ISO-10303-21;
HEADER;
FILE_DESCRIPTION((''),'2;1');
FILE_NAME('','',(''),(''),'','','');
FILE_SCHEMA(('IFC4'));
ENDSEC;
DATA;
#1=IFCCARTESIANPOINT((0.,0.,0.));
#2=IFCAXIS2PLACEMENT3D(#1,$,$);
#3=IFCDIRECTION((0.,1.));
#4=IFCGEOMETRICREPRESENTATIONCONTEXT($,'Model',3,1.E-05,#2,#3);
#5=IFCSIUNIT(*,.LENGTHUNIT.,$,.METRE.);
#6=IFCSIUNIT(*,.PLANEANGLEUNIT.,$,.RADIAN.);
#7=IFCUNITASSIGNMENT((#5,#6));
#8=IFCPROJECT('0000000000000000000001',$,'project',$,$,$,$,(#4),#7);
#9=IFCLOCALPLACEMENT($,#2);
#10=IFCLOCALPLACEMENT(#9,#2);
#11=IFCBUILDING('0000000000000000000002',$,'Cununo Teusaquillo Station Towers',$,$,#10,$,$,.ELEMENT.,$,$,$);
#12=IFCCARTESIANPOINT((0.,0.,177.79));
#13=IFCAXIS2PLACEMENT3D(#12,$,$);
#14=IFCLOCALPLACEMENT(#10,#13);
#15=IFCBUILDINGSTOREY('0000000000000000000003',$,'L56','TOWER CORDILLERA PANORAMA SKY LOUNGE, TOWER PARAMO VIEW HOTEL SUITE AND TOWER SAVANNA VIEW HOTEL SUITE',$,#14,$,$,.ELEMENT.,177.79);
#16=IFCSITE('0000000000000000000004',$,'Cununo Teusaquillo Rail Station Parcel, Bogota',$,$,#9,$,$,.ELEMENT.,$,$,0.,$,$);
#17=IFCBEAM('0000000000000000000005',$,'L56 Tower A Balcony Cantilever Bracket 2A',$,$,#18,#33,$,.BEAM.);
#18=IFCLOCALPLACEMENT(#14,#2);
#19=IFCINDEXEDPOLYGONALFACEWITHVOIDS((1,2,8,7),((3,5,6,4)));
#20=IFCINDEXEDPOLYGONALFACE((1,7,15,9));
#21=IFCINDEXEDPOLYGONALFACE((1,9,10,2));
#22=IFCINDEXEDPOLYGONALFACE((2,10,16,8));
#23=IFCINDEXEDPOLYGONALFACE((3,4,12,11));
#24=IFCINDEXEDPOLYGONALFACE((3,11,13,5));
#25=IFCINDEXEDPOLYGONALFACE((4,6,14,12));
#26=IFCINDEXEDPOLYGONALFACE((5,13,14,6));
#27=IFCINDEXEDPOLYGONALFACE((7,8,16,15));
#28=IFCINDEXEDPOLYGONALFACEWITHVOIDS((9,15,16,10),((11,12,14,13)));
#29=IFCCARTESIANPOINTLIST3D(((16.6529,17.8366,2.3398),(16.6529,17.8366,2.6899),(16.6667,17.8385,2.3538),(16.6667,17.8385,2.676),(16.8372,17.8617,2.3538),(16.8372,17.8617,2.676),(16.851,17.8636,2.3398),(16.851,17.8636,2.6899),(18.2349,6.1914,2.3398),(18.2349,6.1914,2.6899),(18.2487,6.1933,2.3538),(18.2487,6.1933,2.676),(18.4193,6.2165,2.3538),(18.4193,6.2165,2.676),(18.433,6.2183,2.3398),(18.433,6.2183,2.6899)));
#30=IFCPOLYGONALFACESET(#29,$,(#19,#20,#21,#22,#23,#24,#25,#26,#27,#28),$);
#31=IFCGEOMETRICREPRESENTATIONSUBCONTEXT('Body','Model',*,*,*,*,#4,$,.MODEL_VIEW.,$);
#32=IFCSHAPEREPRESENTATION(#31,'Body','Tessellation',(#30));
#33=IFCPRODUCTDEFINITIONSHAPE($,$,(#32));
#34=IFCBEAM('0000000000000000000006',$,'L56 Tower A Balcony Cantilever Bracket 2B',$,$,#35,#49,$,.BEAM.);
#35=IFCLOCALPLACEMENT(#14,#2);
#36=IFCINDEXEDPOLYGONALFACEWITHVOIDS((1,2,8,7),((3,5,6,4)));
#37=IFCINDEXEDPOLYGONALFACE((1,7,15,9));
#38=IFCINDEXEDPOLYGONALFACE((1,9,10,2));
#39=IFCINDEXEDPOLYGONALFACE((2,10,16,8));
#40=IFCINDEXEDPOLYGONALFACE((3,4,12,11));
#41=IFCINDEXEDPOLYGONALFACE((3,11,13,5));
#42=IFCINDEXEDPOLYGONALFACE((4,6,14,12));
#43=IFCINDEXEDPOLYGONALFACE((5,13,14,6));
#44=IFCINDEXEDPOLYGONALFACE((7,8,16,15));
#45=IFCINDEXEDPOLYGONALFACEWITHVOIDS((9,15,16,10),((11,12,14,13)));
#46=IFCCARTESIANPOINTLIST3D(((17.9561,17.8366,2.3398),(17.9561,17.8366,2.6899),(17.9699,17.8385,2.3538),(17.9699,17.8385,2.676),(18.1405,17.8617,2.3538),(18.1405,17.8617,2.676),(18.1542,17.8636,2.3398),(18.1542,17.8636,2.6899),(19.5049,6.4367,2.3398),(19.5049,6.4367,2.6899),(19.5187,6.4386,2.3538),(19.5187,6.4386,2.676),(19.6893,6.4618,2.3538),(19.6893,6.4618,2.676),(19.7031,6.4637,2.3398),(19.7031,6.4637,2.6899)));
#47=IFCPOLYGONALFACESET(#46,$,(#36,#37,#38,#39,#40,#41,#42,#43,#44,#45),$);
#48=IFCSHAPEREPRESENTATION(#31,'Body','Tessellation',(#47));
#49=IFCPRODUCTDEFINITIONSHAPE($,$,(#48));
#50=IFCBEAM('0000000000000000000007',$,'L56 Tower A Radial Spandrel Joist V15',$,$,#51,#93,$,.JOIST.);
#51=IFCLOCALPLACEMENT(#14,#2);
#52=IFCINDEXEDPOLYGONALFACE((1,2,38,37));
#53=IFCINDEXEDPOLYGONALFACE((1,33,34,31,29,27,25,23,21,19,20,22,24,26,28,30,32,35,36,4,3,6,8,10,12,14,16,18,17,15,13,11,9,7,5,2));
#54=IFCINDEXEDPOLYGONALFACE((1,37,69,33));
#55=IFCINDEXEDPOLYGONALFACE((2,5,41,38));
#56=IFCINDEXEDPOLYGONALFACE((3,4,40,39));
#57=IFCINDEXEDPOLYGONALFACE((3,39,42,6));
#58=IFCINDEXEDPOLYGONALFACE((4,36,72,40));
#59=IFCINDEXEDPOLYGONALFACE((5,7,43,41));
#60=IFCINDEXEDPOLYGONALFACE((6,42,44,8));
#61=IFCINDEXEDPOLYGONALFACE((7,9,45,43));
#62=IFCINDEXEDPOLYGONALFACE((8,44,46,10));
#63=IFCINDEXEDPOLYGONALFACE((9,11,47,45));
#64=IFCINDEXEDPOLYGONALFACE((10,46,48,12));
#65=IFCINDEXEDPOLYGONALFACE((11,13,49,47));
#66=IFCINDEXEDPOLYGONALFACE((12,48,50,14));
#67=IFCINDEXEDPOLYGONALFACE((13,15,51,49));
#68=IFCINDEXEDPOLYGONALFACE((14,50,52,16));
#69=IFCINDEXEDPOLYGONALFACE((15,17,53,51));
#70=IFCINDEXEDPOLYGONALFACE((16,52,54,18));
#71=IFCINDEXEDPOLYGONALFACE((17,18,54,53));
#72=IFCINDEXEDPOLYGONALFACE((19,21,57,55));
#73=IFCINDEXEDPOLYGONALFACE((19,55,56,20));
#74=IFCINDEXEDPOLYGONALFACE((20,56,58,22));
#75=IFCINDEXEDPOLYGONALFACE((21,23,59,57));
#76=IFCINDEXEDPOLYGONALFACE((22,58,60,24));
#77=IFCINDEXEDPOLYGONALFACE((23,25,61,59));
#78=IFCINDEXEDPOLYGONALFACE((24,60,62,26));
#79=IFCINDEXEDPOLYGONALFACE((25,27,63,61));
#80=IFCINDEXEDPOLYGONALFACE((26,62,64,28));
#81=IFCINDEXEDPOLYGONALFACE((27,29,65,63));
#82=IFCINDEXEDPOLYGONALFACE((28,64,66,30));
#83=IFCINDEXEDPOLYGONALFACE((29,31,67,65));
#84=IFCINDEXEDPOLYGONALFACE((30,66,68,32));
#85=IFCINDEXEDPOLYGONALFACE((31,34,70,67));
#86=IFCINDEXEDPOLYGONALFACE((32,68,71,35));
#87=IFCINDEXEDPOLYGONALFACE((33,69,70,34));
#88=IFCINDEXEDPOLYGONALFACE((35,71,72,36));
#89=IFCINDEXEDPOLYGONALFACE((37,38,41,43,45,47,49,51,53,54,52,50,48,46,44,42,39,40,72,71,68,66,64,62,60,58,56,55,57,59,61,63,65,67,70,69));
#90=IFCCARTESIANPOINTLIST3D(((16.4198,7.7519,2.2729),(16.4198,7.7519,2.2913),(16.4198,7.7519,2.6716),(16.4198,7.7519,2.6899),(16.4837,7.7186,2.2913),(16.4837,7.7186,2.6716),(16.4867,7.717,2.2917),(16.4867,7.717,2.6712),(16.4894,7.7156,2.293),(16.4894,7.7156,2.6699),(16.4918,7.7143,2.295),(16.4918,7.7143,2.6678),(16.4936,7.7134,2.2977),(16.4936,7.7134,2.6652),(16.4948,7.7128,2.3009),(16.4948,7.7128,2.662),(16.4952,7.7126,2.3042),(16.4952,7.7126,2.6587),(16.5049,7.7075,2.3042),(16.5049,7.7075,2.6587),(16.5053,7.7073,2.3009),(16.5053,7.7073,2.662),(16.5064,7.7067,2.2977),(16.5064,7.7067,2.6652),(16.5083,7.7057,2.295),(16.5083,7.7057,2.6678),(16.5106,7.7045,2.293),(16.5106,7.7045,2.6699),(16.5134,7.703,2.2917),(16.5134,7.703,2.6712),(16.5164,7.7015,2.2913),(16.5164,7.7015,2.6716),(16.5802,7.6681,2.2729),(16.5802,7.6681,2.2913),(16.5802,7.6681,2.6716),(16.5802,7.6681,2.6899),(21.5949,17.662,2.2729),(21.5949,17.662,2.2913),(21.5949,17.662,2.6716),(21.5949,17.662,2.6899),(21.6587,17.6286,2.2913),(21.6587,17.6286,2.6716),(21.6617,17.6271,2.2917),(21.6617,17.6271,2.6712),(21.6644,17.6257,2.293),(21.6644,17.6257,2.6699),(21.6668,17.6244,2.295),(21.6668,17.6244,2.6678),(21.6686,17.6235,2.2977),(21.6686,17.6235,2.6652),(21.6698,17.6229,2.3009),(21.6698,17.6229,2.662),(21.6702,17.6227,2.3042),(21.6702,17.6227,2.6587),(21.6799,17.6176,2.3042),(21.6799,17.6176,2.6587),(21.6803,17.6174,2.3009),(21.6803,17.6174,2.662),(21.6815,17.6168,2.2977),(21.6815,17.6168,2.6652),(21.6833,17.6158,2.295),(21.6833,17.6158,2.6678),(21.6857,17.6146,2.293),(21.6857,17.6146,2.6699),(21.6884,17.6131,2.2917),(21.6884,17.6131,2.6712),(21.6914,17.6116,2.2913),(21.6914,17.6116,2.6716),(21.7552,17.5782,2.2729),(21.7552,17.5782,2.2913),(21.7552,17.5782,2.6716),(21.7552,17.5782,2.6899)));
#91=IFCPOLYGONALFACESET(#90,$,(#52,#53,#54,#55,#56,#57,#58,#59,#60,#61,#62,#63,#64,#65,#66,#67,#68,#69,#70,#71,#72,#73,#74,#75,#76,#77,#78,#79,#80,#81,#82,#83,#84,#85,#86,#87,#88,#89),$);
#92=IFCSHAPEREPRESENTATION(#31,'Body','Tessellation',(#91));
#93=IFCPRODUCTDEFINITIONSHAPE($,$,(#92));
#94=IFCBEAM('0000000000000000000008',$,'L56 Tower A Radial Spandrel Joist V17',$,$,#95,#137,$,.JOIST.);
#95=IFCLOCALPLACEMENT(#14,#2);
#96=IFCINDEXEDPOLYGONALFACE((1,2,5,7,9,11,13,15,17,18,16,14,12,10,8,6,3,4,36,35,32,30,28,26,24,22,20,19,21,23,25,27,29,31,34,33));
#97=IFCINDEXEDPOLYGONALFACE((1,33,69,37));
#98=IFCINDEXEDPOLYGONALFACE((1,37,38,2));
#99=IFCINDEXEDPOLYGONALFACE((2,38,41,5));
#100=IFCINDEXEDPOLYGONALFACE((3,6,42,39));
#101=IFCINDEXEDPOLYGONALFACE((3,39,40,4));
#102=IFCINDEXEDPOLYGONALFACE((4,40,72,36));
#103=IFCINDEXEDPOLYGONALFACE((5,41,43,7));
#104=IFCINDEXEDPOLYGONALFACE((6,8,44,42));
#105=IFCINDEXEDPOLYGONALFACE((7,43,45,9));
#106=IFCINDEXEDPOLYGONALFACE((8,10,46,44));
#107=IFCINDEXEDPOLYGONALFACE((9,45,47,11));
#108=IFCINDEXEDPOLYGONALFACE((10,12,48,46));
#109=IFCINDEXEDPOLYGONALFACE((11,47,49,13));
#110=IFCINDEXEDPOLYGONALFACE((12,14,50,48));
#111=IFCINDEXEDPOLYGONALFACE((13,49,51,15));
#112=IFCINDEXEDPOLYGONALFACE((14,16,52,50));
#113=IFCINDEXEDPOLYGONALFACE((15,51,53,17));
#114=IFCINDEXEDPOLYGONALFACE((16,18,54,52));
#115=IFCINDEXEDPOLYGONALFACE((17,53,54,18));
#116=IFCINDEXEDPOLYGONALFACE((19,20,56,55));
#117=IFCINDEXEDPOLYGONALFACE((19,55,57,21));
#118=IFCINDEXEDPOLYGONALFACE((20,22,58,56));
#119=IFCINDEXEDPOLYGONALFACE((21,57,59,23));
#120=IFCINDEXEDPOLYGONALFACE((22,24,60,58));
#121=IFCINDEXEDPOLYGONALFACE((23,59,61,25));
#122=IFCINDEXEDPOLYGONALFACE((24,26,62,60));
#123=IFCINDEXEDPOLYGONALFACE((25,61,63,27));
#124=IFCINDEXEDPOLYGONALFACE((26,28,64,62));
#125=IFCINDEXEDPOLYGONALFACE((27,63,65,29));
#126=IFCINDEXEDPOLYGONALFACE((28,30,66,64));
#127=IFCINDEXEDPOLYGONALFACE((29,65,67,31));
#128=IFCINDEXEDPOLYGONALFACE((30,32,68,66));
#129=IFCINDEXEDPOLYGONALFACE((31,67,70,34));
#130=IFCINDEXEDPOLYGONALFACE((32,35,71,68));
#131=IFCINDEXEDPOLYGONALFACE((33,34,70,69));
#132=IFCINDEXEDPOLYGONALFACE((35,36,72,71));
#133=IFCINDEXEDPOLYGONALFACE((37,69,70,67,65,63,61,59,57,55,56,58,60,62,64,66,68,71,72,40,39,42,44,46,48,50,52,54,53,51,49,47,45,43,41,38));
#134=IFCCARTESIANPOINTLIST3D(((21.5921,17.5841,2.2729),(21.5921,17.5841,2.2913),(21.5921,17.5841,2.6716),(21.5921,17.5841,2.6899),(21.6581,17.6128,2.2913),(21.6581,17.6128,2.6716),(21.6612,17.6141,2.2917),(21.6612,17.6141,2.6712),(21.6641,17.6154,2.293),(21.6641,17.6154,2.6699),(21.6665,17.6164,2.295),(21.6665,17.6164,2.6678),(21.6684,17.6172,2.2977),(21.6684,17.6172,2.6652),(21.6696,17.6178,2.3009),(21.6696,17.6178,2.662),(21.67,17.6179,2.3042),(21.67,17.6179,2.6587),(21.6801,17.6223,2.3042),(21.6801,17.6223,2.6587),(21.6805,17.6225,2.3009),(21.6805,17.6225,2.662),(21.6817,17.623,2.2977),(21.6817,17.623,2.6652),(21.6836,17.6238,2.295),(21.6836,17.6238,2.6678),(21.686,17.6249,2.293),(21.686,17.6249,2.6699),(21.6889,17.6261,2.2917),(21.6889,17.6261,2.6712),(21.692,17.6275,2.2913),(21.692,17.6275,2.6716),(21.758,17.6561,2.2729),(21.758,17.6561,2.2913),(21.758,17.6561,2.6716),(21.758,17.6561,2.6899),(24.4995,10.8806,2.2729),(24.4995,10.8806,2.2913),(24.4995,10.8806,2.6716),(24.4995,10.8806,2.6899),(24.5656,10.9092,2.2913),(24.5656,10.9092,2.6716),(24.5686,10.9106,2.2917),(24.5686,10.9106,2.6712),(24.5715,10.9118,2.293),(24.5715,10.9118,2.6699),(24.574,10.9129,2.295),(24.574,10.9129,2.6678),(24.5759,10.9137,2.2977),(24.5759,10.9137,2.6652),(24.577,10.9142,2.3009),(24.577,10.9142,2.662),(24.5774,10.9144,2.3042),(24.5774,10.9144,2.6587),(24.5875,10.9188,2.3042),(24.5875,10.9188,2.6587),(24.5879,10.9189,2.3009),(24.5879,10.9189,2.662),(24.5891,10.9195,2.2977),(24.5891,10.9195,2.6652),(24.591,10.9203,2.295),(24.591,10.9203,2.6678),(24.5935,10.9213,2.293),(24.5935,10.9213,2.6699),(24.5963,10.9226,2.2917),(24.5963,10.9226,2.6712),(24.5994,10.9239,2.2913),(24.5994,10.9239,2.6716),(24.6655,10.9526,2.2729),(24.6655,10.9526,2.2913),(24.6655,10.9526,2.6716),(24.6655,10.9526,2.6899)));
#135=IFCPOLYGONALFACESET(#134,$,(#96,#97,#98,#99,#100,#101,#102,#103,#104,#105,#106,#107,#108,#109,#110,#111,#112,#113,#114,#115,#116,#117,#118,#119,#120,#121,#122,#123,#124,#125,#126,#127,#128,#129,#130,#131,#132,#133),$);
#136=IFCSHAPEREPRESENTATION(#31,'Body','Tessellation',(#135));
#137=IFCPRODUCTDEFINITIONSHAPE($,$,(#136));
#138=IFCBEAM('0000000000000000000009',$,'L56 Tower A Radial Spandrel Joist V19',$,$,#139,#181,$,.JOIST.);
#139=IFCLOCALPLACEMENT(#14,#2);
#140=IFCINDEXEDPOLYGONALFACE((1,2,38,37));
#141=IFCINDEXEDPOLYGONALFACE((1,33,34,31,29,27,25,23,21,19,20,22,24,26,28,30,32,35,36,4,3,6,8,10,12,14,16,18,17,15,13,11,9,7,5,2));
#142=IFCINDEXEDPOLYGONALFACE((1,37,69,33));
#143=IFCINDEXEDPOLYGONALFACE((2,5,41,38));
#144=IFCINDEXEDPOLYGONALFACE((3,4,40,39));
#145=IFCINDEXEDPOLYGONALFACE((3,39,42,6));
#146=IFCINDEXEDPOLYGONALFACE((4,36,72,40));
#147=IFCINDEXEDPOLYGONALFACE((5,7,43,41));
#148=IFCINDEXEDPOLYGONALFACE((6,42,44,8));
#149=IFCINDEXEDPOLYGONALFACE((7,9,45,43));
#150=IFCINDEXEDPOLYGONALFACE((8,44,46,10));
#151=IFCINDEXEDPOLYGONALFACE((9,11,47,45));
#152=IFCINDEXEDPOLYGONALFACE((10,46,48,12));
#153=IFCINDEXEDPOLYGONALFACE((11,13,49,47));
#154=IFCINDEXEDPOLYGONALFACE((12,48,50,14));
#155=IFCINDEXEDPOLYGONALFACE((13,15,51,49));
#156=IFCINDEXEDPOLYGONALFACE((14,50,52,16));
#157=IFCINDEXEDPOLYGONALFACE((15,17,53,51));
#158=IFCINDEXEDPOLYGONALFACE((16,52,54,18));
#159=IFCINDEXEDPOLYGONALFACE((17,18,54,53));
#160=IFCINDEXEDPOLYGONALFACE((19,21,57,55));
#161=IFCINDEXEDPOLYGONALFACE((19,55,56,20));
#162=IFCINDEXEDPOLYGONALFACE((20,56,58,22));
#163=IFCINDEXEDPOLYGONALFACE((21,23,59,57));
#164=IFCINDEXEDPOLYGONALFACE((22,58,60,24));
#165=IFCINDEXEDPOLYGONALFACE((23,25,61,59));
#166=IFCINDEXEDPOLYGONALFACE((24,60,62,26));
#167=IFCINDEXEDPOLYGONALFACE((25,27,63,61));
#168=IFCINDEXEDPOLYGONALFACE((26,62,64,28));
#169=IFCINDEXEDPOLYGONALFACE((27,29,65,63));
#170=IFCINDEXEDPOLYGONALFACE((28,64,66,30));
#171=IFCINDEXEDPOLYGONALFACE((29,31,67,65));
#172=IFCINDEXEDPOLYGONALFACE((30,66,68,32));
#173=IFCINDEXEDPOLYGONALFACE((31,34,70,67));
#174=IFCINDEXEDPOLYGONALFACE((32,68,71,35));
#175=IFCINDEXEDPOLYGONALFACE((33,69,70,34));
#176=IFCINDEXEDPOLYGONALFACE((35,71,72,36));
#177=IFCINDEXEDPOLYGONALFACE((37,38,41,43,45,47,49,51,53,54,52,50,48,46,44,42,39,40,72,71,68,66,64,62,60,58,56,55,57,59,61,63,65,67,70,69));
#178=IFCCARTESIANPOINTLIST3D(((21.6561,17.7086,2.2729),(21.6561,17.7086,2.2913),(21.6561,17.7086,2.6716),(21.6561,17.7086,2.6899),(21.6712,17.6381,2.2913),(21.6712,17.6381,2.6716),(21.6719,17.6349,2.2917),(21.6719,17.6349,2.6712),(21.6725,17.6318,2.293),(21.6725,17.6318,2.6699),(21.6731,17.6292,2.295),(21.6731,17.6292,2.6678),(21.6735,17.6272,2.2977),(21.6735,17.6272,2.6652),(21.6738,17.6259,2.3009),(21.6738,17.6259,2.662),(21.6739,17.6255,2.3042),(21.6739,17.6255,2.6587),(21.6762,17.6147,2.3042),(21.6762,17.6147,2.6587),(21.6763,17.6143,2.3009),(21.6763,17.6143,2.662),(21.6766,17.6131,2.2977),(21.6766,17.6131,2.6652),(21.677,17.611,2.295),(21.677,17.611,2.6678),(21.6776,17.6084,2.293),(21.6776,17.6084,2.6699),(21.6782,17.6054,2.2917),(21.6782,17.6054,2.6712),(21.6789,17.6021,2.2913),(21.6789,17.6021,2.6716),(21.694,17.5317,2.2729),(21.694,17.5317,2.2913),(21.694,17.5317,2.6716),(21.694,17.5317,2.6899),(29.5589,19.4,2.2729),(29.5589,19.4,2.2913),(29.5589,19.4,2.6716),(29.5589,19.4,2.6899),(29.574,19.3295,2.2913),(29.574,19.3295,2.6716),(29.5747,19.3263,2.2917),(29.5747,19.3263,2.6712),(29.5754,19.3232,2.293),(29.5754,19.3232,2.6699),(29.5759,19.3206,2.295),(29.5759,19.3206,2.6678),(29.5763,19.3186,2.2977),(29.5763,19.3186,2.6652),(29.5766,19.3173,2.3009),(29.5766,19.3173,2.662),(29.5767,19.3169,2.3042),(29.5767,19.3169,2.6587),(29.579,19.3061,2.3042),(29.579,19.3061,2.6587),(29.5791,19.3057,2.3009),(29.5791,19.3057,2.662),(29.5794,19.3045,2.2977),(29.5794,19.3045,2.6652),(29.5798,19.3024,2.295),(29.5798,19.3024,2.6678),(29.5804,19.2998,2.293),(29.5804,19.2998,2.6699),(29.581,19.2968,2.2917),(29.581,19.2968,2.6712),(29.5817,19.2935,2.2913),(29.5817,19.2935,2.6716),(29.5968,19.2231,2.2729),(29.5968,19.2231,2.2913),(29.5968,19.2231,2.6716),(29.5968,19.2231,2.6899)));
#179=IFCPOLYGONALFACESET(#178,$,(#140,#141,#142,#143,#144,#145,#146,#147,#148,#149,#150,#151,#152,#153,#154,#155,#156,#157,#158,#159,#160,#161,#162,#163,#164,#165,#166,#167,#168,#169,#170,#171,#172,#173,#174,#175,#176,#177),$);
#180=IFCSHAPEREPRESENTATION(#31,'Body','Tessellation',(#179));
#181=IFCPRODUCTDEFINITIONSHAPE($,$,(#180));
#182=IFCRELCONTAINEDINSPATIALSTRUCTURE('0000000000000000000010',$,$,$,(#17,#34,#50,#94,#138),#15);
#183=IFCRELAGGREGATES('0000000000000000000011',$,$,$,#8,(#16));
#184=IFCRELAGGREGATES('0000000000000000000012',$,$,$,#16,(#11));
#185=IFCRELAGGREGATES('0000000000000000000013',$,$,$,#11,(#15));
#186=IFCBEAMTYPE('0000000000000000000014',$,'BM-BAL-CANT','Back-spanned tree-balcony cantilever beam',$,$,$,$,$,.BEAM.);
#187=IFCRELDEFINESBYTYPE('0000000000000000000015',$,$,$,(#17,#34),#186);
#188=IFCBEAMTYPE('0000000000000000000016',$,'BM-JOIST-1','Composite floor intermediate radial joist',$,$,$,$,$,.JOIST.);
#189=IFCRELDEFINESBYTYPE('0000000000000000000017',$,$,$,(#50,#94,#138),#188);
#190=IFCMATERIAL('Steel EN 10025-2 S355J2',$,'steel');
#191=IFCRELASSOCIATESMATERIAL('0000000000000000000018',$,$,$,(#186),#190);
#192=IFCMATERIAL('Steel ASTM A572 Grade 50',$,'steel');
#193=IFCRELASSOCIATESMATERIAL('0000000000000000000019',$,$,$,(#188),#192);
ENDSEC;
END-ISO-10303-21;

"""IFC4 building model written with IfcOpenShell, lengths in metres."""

from ifc_helpers import new_model, si_unit, direction, frame, origin, origin_2d, place, context, subcontext, project, spatial, hollow_rectangle, i_section, extrude, material, material_profile, profile_set, type_object, element, save


model = new_model("IFC4")

# Units and contexts
model_context = context("Model", 3, precision=1e-05, world=origin(), true_north=direction((0.0, 1.0)))
body_context = subcontext(model_context, "Body", "Model", "MODEL_VIEW")
ifc_project = project(units=[si_unit("LENGTHUNIT", "METRE"), si_unit("PLANEANGLEUNIT", "RADIAN")], contexts=[model_context])

# Site, building, storey
site_placement = place(None, origin())
site = spatial("IfcSite", under=ifc_project, at=site_placement, Name="Cununo Teusaquillo Rail Station Parcel, Bogota", CompositionType="ELEMENT", RefElevation=0.0)
building_placement = place(site_placement, origin())
building = spatial("IfcBuilding", under=site, at=building_placement, Name="Cununo Teusaquillo Station Towers", CompositionType="ELEMENT")
storey_placement = place(building_placement, frame((0.0, 0.0, 177.79)))
storey = spatial("IfcBuildingStorey", under=building, at=storey_placement, Name="L56", Description="TOWER CORDILLERA PANORAMA SKY LOUNGE, TOWER PARAMO VIEW HOTEL SUITE AND TOWER SAVANNA VIEW HOTEL SUITE", CompositionType="ELEMENT", Elevation=177.79)

# Beams
ifc_material_1 = material(Name="Steel EN 10025-2 S355J2", Category="steel")
ifc_material_profile_1 = material_profile(ifc_material_1, hollow_rectangle(XDim=0.2, YDim=0.3501, WallThickness=0.0139, at=origin_2d()), Name="RHS 350x200x14")
ifc_profile_set_1 = profile_set([ifc_material_profile_1], Name="Steel EN 10025-2 S355J2")
beam_type_1 = type_object("IfcBeamType", Name="BM-BAL-CANT", Description="Back-spanned tree-balcony cantilever beam", PredefinedType="BEAM", material=ifc_profile_set_1)
beam_1_placement = place(storey_placement, frame((16.752, 17.8501, 2.5149), z_axis=(0.134615, -0.990898, 0.0), x_axis=(0.990898, 0.134615, 0.0)))
element("IfcBeam", 1, at=beam_1_placement, inside=storey, type_object=beam_type_1, Name="L56 Tower A Balcony Cantilever Bracket 2A", PredefinedType="BEAM", context=body_context, shape_type="SweptSolid", body=[
    extrude(hollow_rectangle(XDim=0.2, YDim=0.3501, WallThickness=0.0139, at=origin_2d()), origin(), (0.0, 0.0, 1.0), 11.7522),
])
beam_2_placement = place(storey_placement, frame((18.0552, 17.8501, 2.5149), z_axis=(0.134626, -0.990896, 0.0), x_axis=(0.990896, 0.134626, 0.0)))
element("IfcBeam", 2, at=beam_2_placement, inside=storey, type_object=beam_type_1, Name="L56 Tower A Balcony Cantilever Bracket 2B", PredefinedType="BEAM", context=body_context, shape_type="SweptSolid", body=[
    extrude(hollow_rectangle(XDim=0.2, YDim=0.3501, WallThickness=0.0139, at=origin_2d()), origin(), (0.0, 0.0, 1.0), 11.5046),
])
ifc_material_2 = material(Name="Steel ASTM A572 Grade 50", Category="steel")
ifc_material_profile_2 = material_profile(ifc_material_2, i_section(OverallWidth=0.1809, OverallDepth=0.417, WebThickness=0.011, FlangeThickness=0.0183, FilletRadius=0.0129, at=origin_2d()), Name="W16X57")
ifc_profile_set_2 = profile_set([ifc_material_profile_2], Name="Steel ASTM A572 Grade 50")
beam_type_2 = type_object("IfcBeamType", Name="BM-JOIST-1", Description="Composite floor intermediate radial joist", PredefinedType="JOIST", material=ifc_profile_set_2)
beam_3_placement = place(storey_placement, frame((21.675, 17.6201, 2.4814), z_axis=(-0.462885, -0.886419, 0.0), x_axis=(0.886419, -0.462885, 0.0)))
element("IfcBeam", 3, at=beam_3_placement, inside=storey, type_object=beam_type_2, Name="L56 Tower A Radial Spandrel Joist V15", PredefinedType="JOIST", context=body_context, shape_type="SweptSolid", body=[
    extrude(i_section(OverallWidth=0.1809, OverallDepth=0.417, WebThickness=0.011, FlangeThickness=0.0183, FilletRadius=0.0129, at=origin_2d()), origin(), (0.0, 0.0, 1.0), 11.1799),
])
beam_4_placement = place(storey_placement, frame((21.675, 17.6201, 2.4814), z_axis=(0.397904, -0.917427, 0.0), x_axis=(0.917427, 0.397904, 0.0)))
element("IfcBeam", 4, at=beam_4_placement, inside=storey, type_object=beam_type_2, Name="L56 Tower A Radial Spandrel Joist V17", PredefinedType="JOIST", context=body_context, shape_type="SweptSolid", body=[
    extrude(i_section(OverallWidth=0.1809, OverallDepth=0.417, WebThickness=0.011, FlangeThickness=0.0183, FilletRadius=0.0129, at=origin_2d()), origin(), (0.0, 0.0, 1.0), 7.3069),
])
beam_5_placement = place(storey_placement, frame((21.675, 17.6201, 2.4814), z_axis=(0.977855, 0.209286, 0.0), x_axis=(-0.209286, 0.977855, 0.0)))
element("IfcBeam", 5, at=beam_5_placement, inside=storey, type_object=beam_type_2, Name="L56 Tower A Radial Spandrel Joist V19", PredefinedType="JOIST", context=body_context, shape_type="SweptSolid", body=[
    extrude(i_section(OverallWidth=0.1809, OverallDepth=0.417, WebThickness=0.011, FlangeThickness=0.0183, FilletRadius=0.0129, at=origin_2d()), origin(), (0.0, 0.0, 1.0), 8.0818),
])

save(model, "model.ifc")
